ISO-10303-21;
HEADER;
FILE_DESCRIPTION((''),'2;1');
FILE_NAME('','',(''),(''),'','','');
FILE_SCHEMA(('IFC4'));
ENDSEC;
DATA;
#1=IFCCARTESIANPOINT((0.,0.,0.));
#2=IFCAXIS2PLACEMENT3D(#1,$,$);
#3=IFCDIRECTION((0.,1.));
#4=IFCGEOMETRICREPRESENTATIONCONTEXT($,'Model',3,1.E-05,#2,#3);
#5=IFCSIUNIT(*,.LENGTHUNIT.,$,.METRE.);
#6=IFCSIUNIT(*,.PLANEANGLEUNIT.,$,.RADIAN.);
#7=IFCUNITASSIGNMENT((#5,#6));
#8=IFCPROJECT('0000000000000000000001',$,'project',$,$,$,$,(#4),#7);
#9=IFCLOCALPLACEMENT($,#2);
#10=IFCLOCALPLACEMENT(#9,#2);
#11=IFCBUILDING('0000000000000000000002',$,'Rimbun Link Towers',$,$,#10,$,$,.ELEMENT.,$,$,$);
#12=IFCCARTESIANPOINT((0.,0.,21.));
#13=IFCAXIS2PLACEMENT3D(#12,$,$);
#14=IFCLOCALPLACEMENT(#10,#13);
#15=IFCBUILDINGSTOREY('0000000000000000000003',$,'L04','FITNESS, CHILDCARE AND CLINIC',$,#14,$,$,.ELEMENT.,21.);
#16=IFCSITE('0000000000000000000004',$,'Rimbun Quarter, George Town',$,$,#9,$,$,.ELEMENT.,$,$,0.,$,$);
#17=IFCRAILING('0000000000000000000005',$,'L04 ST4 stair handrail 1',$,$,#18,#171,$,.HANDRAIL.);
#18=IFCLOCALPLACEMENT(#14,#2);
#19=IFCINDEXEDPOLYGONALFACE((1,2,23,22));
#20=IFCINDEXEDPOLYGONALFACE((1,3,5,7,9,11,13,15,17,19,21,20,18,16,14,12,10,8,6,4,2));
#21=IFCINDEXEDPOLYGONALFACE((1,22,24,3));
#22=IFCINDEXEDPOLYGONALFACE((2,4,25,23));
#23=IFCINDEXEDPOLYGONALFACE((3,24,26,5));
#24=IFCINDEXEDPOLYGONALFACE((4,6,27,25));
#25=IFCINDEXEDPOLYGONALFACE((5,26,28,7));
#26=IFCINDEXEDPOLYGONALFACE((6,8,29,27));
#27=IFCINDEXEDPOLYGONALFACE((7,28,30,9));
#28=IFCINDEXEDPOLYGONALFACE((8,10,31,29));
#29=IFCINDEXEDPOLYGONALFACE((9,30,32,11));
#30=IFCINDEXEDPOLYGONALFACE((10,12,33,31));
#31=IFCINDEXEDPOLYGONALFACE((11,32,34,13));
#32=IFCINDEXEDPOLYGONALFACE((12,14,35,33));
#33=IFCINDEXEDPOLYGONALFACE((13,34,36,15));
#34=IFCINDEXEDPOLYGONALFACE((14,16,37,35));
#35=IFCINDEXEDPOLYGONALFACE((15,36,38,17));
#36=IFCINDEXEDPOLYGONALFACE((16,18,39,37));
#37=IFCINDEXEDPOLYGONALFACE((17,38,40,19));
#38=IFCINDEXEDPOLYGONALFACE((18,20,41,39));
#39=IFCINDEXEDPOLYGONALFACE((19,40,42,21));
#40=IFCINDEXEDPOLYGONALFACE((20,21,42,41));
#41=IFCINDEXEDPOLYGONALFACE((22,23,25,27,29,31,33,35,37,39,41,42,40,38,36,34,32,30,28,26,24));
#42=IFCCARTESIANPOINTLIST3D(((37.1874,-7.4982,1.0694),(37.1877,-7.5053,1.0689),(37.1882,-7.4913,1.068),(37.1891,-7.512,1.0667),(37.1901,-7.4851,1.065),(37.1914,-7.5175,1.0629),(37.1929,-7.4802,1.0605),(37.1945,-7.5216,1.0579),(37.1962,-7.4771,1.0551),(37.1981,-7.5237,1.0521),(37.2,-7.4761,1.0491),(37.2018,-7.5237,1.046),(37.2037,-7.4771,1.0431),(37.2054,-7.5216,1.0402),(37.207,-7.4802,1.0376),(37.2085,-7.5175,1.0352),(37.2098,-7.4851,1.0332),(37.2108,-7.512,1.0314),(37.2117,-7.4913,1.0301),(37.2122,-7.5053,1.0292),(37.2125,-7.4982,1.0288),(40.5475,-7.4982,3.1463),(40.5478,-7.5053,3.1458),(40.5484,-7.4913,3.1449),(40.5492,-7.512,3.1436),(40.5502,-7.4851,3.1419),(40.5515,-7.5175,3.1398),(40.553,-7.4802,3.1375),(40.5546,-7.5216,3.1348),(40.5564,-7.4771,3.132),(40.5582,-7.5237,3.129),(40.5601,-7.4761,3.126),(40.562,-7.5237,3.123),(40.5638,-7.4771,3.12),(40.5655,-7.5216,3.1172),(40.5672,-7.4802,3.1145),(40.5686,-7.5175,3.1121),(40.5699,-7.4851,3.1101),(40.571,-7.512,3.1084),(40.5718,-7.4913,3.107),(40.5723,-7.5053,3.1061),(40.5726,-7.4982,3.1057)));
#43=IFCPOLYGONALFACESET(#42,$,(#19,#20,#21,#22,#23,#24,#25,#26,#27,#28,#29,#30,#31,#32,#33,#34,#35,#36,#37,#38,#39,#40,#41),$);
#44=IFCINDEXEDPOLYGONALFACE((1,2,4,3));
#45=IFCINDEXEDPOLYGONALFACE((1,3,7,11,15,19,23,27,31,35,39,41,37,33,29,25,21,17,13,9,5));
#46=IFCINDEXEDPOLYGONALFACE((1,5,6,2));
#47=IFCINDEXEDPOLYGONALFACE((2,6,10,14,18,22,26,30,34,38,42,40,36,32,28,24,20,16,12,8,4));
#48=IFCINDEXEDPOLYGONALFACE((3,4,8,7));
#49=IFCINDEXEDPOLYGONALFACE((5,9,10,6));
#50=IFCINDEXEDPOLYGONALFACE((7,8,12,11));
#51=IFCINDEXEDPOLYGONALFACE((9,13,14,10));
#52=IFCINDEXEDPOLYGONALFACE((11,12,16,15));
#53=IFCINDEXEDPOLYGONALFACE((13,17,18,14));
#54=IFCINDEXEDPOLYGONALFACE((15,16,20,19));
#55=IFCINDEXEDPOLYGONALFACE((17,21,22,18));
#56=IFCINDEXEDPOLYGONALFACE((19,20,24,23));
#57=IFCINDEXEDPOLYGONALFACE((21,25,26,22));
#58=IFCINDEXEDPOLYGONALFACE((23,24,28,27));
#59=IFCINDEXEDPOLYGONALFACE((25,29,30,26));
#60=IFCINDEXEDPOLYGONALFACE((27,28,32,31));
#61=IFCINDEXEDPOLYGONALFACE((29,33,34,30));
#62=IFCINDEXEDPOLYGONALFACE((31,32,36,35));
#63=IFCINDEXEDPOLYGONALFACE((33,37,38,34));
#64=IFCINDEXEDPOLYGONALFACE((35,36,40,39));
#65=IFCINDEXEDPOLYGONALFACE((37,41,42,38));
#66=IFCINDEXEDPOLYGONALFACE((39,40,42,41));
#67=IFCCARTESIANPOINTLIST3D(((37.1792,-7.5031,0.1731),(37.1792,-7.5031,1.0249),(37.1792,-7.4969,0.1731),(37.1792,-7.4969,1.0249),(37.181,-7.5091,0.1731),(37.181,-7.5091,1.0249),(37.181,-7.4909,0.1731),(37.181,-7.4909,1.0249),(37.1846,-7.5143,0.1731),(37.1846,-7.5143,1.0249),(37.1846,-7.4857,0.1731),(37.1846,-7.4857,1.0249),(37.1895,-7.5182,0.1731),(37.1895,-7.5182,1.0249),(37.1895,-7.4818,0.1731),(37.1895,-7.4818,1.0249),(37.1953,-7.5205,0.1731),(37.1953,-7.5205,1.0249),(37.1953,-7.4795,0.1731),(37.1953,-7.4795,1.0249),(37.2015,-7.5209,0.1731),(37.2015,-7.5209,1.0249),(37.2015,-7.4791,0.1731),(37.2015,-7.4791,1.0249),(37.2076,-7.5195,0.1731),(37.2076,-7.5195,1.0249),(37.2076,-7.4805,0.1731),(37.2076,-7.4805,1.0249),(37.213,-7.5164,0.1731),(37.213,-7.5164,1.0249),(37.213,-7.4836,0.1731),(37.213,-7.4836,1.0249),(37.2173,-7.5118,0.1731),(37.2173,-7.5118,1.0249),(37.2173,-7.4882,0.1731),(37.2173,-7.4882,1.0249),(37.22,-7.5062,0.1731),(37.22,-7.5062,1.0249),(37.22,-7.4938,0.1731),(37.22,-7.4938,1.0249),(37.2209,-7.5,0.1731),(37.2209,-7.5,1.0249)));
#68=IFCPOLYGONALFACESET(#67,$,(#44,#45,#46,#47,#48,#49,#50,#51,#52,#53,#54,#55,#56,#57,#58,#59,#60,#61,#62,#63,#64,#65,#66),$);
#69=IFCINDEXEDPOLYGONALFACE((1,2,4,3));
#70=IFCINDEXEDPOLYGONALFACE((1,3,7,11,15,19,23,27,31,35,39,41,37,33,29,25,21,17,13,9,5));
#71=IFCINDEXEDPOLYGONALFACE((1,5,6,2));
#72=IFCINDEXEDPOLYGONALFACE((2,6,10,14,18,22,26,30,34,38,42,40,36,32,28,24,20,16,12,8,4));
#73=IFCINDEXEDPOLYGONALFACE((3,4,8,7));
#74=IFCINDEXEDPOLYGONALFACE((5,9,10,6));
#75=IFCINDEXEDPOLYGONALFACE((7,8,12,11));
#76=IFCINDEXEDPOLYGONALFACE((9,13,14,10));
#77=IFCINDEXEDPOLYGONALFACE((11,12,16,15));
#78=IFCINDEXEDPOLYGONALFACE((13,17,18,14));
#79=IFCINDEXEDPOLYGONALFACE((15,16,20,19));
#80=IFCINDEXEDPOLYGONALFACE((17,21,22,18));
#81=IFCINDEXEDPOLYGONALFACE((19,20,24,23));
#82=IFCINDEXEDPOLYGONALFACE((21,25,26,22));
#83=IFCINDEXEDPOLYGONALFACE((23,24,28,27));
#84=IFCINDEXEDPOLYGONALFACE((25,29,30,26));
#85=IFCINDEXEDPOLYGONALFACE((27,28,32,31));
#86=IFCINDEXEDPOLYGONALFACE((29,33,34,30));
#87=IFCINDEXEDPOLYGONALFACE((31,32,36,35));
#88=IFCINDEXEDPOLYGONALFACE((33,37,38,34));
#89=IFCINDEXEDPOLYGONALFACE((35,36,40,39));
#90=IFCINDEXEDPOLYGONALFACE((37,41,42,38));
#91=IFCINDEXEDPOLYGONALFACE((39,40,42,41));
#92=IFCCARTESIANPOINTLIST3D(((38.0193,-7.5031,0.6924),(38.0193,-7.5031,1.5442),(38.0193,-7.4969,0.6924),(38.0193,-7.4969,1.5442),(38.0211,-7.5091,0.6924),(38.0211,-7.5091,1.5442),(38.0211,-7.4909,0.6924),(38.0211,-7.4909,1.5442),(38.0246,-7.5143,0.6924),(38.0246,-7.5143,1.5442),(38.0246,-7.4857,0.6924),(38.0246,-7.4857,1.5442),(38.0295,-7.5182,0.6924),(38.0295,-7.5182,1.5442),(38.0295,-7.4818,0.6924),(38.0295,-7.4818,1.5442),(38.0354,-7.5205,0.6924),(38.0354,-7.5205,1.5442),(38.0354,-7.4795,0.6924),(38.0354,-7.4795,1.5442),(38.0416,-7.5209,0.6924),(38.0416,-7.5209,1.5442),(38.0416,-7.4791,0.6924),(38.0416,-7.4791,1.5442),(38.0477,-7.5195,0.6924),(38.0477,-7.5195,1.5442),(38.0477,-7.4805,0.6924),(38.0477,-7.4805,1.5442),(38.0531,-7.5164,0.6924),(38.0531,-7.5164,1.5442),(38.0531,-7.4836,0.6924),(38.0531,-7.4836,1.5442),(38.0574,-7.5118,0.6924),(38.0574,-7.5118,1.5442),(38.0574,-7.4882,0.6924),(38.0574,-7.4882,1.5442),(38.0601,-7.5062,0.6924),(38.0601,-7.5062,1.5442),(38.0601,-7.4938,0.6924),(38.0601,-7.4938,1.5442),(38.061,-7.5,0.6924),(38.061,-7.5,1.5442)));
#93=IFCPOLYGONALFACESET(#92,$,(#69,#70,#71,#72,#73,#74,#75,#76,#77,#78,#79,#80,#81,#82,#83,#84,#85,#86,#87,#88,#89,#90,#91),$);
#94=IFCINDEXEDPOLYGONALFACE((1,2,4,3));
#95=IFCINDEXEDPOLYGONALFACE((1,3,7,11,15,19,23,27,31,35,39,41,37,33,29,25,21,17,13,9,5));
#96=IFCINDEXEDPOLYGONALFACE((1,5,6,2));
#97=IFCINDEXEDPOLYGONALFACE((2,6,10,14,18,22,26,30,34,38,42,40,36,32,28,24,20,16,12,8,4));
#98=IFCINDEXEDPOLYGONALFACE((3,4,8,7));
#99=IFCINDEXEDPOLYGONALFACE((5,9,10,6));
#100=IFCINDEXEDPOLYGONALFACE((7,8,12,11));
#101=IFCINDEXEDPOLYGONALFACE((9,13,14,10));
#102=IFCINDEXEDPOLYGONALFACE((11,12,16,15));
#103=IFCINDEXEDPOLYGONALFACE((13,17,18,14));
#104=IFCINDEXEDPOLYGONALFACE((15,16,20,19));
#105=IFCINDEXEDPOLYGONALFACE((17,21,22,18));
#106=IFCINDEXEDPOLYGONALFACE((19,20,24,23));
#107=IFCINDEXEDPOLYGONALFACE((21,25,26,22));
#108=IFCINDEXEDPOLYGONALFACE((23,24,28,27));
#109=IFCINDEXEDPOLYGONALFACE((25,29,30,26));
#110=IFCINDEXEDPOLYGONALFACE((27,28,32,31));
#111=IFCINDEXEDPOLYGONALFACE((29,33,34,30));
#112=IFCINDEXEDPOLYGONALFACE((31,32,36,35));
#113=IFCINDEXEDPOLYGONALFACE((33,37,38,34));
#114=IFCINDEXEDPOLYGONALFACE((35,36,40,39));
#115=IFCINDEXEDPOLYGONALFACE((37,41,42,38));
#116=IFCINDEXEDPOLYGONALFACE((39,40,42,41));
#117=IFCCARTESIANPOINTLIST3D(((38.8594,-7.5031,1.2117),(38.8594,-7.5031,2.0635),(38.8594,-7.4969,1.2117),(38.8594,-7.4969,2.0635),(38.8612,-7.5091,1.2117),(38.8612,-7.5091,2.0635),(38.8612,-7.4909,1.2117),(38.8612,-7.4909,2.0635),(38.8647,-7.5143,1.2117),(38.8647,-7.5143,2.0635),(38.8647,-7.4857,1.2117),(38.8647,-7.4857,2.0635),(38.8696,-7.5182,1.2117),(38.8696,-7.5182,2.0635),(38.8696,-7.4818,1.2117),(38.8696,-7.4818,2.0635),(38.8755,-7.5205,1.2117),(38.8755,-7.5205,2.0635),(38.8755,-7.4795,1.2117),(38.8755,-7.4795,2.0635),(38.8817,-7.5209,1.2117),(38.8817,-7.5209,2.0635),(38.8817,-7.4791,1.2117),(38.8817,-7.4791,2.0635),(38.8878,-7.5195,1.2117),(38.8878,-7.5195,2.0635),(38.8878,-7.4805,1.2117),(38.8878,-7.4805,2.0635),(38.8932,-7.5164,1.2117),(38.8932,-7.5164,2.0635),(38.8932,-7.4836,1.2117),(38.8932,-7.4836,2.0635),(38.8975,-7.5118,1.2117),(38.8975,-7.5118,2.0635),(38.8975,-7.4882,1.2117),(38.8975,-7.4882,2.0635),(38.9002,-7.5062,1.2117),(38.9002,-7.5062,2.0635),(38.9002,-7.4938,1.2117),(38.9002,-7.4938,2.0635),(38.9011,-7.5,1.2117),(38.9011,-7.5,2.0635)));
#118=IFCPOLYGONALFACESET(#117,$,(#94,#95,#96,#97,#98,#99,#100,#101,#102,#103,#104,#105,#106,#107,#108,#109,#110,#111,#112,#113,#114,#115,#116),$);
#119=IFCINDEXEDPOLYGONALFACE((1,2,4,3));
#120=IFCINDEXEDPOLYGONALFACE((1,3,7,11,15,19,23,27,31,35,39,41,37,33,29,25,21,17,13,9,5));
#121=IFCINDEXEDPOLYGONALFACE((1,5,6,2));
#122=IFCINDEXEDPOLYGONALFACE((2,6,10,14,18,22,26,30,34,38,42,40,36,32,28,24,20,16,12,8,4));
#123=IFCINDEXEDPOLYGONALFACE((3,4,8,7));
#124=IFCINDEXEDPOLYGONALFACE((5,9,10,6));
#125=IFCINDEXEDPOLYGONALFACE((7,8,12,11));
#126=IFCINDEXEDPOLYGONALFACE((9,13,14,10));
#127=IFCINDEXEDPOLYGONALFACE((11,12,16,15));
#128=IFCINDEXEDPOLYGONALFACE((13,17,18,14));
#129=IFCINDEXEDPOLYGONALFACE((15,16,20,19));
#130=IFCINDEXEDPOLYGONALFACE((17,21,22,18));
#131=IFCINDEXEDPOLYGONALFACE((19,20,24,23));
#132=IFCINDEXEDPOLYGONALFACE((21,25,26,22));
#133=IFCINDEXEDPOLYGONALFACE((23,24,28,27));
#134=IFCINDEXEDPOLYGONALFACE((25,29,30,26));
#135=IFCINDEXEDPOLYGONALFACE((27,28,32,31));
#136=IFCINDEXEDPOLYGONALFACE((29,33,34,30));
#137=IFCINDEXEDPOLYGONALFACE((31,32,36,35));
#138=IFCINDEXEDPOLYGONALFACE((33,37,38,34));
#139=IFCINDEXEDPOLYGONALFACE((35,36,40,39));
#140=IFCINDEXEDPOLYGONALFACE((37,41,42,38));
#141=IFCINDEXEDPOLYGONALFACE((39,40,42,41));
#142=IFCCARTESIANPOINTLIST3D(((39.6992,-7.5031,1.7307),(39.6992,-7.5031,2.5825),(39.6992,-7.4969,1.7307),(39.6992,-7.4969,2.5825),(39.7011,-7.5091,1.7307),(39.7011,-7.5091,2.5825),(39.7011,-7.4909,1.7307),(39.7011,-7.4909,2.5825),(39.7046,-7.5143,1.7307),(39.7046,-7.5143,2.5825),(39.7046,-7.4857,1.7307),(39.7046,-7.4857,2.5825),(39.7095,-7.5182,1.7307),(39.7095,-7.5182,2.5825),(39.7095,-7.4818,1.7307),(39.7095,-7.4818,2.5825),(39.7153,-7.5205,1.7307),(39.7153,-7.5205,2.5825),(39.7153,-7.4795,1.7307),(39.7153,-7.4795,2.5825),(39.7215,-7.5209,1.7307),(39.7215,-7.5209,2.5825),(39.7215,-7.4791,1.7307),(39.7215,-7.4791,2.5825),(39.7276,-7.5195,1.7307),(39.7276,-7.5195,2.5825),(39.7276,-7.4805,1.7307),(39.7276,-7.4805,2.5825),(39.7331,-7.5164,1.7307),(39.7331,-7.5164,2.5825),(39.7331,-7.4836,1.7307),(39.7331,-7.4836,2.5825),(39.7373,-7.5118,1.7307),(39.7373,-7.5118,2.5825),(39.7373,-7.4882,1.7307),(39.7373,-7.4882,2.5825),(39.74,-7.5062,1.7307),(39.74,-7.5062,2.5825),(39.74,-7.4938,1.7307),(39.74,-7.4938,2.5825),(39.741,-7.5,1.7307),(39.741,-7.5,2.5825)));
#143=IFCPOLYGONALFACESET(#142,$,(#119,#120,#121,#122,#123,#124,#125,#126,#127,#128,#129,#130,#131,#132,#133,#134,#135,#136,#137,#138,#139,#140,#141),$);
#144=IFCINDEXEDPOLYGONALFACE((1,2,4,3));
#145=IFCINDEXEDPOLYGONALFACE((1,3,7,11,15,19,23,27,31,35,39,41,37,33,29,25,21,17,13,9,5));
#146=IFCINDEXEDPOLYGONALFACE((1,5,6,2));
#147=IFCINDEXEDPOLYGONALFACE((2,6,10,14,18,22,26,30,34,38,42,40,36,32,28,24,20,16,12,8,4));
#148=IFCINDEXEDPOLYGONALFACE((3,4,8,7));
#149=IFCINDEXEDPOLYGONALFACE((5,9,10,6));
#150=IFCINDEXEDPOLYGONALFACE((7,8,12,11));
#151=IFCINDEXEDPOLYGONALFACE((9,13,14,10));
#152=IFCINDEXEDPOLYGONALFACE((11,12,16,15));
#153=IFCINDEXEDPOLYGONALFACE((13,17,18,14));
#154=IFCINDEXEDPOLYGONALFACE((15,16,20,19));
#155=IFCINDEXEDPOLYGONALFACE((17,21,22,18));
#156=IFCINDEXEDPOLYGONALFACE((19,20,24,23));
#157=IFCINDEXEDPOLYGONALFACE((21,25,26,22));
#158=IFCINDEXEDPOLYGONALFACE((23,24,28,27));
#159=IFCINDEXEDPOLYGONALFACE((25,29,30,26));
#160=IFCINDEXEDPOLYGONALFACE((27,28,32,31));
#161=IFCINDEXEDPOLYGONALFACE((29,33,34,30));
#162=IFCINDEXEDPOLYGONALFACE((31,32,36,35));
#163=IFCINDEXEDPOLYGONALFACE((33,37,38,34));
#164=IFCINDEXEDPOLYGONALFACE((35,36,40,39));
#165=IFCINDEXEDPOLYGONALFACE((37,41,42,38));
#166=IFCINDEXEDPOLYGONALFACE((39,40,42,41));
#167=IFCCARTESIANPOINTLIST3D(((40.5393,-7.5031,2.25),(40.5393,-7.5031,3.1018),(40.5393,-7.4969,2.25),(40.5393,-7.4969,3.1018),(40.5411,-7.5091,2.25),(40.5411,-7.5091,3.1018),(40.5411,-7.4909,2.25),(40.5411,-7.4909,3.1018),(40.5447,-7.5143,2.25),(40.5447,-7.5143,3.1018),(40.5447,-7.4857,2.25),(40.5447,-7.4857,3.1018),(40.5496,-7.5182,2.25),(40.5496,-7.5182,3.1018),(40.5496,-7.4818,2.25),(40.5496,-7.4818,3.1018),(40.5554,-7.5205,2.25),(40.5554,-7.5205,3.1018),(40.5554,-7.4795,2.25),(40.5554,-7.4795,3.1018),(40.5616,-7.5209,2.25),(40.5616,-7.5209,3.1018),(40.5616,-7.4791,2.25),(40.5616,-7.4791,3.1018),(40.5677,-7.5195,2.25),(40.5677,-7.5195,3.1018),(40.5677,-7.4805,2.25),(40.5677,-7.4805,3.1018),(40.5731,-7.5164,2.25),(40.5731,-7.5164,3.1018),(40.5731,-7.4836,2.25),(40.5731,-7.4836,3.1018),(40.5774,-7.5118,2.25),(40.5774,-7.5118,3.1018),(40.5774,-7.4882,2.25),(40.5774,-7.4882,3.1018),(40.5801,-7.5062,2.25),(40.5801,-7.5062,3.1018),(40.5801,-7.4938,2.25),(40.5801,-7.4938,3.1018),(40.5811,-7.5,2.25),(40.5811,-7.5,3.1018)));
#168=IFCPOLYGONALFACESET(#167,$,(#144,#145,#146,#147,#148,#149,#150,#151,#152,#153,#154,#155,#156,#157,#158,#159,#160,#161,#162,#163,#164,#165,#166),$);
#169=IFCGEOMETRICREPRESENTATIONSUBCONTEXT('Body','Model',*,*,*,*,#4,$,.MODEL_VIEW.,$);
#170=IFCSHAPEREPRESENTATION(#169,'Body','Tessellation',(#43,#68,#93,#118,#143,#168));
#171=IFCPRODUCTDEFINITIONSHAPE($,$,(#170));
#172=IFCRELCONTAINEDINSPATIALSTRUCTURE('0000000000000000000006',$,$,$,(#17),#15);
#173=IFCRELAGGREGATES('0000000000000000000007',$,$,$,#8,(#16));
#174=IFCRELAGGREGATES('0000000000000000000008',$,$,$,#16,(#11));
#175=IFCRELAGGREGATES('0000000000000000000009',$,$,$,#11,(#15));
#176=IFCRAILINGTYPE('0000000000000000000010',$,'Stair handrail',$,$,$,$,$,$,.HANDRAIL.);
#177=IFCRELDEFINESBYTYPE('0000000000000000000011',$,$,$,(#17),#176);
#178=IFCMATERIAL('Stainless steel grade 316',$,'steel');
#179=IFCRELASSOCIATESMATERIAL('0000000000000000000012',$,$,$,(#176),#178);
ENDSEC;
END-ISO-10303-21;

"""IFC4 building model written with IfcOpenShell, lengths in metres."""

from ifc_helpers import new_model, si_unit, direction, frame, origin, origin_2d, place, context, subcontext, project, spatial, circle, extrude, material, type_object, element, save


model = new_model("IFC4")

# Units and contexts
model_context = context("Model", 3, precision=1e-05, world=origin(), true_north=direction((0.0, 1.0)))
body_context = subcontext(model_context, "Body", "Model", "MODEL_VIEW")
ifc_project = project(units=[si_unit("LENGTHUNIT", "METRE"), si_unit("PLANEANGLEUNIT", "RADIAN")], contexts=[model_context])

# Site, building, storey
site_placement = place(None, origin())
site = spatial("IfcSite", under=ifc_project, at=site_placement, Name="Rimbun Quarter, George Town", CompositionType="ELEMENT", RefElevation=0.0)
building_placement = place(site_placement, origin())
building = spatial("IfcBuilding", under=site, at=building_placement, Name="Rimbun Link Towers", CompositionType="ELEMENT")
storey_placement = place(building_placement, frame((0.0, 0.0, 21.0)))
storey = spatial("IfcBuildingStorey", under=building, at=storey_placement, Name="L04", Description="FITNESS, CHILDCARE AND CLINIC", CompositionType="ELEMENT", Elevation=21.0)

# Railing
ifc_material_1 = material(Name="Stainless steel grade 316", Category="steel")
railing_type_1 = type_object("IfcRailingType", Name="Stair handrail", PredefinedType="HANDRAIL", material=ifc_material_1)
railing_1_placement = place(storey_placement, frame((37.2, -7.5, 0.1731)))
element("IfcRailing", 1, at=railing_1_placement, inside=storey, type_object=railing_type_1, Name="L04 ST4 stair handrail 1", PredefinedType="HANDRAIL", context=body_context, shape_type="SweptSolid", body=[
    extrude(circle(Radius=0.0239, at=origin_2d()), frame((0.0, 0.0, 0.876), z_axis=(0.850623, 0.0, 0.525776), x_axis=(0.0, 1.0, 0.0)), (0.0, 0.0, 1.0), 3.9502),
    extrude(circle(Radius=0.021, at=origin_2d()), origin(), (0.0, 0.0, 1.0), 0.8518),
    extrude(circle(Radius=0.021, at=origin_2d()), frame((0.8401, 0.0, 0.5193)), (0.0, 0.0, 1.0), 0.8518),
    extrude(circle(Radius=0.021, at=origin_2d()), frame((1.6802, 0.0, 1.0386)), (0.0, 0.0, 1.0), 0.8518),
    extrude(circle(Radius=0.021, at=origin_2d()), frame((2.52, 0.0, 1.5576)), (0.0, 0.0, 1.0), 0.8518),
    extrude(circle(Radius=0.021, at=origin_2d()), frame((3.3601, 0.0, 2.0769)), (0.0, 0.0, 1.0), 0.8518),
])

save(model, "model.ifc")
